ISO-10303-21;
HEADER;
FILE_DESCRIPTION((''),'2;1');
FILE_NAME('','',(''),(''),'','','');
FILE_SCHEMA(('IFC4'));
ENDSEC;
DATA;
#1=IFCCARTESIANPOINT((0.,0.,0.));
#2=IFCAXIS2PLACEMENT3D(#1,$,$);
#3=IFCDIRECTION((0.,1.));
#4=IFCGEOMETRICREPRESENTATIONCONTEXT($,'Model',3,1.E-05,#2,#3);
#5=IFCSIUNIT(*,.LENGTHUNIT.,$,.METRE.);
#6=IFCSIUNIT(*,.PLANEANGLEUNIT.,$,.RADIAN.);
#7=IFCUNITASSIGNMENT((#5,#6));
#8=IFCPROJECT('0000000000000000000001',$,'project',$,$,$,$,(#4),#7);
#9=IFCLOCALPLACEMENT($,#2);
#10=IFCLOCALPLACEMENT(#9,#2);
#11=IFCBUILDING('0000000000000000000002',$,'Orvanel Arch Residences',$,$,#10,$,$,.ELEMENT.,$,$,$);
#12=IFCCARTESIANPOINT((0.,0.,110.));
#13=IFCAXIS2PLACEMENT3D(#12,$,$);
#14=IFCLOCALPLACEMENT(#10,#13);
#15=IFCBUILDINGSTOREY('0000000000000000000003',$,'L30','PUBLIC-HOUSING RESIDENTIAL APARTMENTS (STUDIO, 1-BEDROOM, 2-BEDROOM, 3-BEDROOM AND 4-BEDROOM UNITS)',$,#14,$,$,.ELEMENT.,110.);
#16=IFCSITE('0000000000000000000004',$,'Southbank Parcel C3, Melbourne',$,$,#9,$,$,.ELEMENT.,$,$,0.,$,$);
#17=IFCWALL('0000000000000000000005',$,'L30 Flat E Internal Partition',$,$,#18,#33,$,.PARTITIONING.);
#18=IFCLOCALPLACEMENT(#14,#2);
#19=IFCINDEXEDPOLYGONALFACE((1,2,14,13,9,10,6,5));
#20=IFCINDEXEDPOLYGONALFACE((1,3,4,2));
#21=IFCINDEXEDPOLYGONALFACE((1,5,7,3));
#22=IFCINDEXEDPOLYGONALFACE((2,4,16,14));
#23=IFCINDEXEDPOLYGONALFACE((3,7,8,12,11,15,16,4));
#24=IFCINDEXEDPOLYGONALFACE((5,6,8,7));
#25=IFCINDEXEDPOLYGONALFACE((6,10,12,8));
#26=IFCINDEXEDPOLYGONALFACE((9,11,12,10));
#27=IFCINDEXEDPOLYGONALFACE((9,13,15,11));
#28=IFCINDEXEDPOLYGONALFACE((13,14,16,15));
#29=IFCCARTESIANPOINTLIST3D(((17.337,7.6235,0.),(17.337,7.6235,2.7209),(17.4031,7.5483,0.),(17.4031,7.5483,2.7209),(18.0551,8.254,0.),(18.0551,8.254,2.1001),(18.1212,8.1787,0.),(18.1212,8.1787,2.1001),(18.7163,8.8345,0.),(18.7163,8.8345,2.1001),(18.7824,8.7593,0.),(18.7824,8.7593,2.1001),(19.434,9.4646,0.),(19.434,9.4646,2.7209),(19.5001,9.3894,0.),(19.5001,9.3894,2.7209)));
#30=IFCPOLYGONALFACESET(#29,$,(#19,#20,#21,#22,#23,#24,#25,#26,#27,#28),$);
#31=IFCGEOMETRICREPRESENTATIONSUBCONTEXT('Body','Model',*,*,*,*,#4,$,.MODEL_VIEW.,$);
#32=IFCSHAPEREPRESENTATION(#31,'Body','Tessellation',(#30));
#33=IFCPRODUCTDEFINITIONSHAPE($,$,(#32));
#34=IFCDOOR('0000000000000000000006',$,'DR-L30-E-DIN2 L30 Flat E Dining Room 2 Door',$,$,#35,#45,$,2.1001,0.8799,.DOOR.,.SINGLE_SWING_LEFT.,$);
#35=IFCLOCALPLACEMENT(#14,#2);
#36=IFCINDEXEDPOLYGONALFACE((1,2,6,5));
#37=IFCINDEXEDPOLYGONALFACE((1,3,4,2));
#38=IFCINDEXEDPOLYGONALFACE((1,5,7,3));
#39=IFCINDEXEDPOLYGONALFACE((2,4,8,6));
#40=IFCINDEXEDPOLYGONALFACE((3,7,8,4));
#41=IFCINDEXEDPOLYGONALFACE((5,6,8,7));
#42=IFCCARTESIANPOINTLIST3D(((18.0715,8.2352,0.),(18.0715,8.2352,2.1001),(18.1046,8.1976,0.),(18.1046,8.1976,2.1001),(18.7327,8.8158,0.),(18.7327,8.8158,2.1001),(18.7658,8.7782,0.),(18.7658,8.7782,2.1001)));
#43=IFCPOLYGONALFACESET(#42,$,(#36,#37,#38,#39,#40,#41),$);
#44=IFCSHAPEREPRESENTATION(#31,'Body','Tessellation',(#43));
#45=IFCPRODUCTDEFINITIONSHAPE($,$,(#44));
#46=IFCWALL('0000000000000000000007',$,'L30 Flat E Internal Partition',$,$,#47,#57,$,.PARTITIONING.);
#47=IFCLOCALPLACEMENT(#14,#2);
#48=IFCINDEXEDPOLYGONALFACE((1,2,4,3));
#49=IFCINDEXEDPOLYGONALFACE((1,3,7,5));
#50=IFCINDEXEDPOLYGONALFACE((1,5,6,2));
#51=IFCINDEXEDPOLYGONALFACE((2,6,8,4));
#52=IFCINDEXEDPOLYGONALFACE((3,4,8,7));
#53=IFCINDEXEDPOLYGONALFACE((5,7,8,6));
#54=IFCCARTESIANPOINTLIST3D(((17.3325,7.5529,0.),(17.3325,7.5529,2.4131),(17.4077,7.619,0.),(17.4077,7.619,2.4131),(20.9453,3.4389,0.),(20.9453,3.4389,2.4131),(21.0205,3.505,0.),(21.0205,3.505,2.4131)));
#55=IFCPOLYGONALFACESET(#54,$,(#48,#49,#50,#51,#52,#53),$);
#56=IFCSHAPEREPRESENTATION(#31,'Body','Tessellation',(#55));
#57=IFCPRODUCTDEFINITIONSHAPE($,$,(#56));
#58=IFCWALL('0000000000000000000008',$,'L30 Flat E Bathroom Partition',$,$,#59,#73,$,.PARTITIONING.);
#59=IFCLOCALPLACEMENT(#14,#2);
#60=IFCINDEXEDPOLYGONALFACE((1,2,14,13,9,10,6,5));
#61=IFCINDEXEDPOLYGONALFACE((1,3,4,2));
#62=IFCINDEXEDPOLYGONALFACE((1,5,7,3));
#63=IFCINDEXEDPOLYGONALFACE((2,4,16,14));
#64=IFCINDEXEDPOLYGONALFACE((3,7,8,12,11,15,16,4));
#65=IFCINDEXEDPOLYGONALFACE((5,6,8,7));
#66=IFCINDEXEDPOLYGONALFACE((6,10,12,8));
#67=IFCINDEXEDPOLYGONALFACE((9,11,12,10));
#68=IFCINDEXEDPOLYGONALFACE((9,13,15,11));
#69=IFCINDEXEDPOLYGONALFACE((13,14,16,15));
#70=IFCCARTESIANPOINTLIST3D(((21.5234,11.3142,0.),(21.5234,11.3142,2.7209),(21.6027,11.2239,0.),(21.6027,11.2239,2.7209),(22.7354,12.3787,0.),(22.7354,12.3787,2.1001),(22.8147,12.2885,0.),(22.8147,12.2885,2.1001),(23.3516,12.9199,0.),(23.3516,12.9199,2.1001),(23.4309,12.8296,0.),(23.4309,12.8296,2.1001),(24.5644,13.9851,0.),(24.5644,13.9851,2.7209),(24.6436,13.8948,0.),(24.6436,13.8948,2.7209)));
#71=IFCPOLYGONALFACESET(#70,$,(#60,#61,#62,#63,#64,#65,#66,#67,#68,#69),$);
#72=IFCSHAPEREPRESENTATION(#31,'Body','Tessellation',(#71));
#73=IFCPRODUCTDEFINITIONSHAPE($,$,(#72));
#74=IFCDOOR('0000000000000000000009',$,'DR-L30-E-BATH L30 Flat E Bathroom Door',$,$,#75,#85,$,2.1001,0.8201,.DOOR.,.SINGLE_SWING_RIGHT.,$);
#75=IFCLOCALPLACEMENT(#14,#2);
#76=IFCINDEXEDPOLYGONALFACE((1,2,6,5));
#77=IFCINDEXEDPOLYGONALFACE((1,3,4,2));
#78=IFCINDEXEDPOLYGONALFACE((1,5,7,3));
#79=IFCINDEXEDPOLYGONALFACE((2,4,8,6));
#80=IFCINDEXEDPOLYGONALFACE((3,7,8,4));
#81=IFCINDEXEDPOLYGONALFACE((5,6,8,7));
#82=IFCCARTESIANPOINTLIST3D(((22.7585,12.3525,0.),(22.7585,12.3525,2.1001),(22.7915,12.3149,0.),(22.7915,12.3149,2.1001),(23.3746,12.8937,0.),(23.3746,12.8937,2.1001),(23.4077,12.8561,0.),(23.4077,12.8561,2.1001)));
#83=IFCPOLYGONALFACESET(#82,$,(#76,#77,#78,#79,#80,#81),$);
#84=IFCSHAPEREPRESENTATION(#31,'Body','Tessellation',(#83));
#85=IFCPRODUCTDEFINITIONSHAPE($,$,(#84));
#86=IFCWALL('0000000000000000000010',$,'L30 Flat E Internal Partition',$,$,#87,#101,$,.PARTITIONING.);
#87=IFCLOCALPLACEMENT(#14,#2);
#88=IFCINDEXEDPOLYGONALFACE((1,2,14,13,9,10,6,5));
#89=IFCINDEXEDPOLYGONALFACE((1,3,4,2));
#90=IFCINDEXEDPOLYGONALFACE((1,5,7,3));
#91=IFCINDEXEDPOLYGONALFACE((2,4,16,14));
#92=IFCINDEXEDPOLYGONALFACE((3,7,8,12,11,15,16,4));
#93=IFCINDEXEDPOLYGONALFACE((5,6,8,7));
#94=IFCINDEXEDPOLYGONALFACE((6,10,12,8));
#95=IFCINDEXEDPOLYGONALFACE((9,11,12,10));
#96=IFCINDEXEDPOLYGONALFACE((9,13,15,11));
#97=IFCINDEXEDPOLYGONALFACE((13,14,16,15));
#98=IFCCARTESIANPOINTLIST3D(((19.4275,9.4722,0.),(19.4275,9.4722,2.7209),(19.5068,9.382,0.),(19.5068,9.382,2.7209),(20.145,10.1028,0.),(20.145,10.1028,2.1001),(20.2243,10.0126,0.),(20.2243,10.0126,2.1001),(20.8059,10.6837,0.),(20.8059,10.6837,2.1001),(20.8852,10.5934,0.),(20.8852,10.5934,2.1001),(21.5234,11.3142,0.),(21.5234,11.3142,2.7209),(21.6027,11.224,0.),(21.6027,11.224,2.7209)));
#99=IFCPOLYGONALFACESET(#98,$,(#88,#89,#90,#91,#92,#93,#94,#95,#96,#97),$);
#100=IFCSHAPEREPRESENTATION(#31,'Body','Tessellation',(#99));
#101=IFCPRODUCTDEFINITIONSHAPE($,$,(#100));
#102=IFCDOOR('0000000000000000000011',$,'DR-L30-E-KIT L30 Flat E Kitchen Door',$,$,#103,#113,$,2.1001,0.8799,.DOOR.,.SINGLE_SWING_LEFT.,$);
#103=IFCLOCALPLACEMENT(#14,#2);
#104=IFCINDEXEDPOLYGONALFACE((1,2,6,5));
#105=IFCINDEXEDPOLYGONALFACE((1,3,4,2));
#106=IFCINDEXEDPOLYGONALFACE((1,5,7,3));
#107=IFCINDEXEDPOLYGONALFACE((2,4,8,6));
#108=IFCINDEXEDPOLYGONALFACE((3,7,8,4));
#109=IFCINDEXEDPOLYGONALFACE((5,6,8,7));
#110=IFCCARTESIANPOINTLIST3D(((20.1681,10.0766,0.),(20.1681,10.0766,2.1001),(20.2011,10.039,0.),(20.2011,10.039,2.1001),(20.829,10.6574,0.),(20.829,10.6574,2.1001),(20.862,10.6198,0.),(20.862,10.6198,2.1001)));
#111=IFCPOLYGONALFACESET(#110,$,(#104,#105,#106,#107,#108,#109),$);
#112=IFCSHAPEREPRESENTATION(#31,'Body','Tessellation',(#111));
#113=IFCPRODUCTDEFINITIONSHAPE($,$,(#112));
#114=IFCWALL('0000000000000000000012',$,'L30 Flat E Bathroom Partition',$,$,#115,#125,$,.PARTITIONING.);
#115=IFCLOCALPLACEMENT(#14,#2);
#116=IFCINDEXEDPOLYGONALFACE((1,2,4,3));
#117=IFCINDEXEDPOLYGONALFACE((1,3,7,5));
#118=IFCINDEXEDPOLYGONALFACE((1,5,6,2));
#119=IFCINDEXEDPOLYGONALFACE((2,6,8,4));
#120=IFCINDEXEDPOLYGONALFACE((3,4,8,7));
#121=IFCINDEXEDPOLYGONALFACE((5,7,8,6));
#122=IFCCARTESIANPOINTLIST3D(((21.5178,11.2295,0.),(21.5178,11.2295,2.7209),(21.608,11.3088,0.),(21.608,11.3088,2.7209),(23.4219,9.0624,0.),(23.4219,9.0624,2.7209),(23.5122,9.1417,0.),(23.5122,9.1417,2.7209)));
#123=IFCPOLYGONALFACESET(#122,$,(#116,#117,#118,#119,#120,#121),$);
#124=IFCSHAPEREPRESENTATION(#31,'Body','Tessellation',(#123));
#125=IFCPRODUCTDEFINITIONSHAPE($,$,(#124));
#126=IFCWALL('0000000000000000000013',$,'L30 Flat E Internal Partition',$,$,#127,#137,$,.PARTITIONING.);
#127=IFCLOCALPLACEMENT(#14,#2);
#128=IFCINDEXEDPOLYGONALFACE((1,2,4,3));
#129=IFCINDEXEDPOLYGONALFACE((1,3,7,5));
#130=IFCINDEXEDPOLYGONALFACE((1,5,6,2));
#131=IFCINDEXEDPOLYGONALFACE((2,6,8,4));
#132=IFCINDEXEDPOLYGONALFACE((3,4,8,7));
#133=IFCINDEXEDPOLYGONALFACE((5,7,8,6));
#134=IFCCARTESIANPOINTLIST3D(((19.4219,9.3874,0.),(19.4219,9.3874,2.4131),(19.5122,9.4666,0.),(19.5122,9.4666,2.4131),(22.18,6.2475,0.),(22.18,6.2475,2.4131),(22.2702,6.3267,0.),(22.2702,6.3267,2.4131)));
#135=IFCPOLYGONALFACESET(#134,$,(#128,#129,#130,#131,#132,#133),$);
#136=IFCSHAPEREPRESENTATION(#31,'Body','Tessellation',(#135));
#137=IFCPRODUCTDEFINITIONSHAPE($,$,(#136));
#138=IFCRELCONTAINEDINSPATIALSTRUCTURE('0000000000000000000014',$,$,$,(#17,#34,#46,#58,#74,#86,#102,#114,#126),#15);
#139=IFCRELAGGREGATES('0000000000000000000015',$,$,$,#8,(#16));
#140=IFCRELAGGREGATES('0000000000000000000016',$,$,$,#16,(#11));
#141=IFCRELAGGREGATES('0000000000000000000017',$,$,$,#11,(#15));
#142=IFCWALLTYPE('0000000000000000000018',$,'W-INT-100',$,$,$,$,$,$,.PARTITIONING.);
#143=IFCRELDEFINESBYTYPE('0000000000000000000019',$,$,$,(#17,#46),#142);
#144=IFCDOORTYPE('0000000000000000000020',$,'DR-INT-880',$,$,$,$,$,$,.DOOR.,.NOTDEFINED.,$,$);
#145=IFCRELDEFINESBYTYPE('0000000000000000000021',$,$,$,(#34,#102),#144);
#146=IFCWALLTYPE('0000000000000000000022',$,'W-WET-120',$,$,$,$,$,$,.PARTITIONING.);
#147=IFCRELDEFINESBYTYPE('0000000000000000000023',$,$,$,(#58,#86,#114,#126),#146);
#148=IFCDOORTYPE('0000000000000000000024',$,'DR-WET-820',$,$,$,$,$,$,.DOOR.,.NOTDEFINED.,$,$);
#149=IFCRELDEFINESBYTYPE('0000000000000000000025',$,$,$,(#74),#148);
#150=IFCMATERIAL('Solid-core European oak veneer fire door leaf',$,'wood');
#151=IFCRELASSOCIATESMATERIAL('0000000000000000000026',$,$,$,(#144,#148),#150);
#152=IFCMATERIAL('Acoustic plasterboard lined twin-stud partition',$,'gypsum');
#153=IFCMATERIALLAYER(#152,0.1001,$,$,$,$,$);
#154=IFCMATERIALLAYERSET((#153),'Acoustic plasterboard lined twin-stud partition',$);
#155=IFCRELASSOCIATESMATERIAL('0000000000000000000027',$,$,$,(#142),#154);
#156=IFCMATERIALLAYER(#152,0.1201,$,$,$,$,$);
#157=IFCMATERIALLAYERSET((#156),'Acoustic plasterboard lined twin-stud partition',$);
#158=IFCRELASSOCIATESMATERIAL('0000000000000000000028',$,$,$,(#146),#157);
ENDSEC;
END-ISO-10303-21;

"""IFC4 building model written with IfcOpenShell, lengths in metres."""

from ifc_helpers import new_model, si_unit, direction, frame, frame_2d, origin, place, context, subcontext, project, spatial, rectangle, extrude, material, layer, layer_set, type_object, element, fill, save


model = new_model("IFC4")

# Units and contexts
model_context = context("Model", 3, precision=1e-05, world=origin(), true_north=direction((0.0, 1.0)))
body_context = subcontext(model_context, "Body", "Model", "MODEL_VIEW")
ifc_project = project(units=[si_unit("LENGTHUNIT", "METRE"), si_unit("PLANEANGLEUNIT", "RADIAN")], contexts=[model_context])

# Site, building, storey
site_placement = place(None, origin())
site = spatial("IfcSite", under=ifc_project, at=site_placement, Name="Southbank Parcel C3, Melbourne", CompositionType="ELEMENT", RefElevation=0.0)
building_placement = place(site_placement, origin())
building = spatial("IfcBuilding", under=site, at=building_placement, Name="Orvanel Arch Residences", CompositionType="ELEMENT")
storey_placement = place(building_placement, frame((0.0, 0.0, 110.0)))
storey = spatial("IfcBuildingStorey", under=building, at=storey_placement, Name="L30", Description="PUBLIC-HOUSING RESIDENTIAL APARTMENTS (STUDIO, 1-BEDROOM, 2-BEDROOM, 3-BEDROOM AND 4-BEDROOM UNITS)", CompositionType="ELEMENT", Elevation=110.0)

# Shared definitions
ifc_material_1 = material(Name="Solid-core European oak veneer fire door leaf", Category="wood")
door_type_1 = type_object("IfcDoorType", Name="DR-INT-880", OperationType="NOTDEFINED", PredefinedType="DOOR", material=ifc_material_1)

# Wall, opening, door
ifc_material_2 = material(Name="Acoustic plasterboard lined twin-stud partition", Category="gypsum")
ifc_layer_1 = layer(ifc_material_2, 0.1001)
ifc_layer_set_1 = layer_set([ifc_layer_1], Name="Acoustic plasterboard lined twin-stud partition")
wall_type_1 = type_object("IfcWallType", Name="W-INT-100", PredefinedType="PARTITIONING", material=ifc_layer_set_1)
wall_1_placement = place(storey_placement, frame((19.467, 9.427, 0.0), z_axis=(0.0, 0.0, 1.0), x_axis=(-0.751465, -0.659773, 0.0)))
wall_1 = element("IfcWall", 1, at=wall_1_placement, inside=storey, type_object=wall_type_1, Name="L30 Flat E Internal Partition", PredefinedType="PARTITIONING", context=body_context, shape_type="SweptSolid", body=[
    extrude(rectangle(XDim=2.7905, YDim=0.1001, at=frame_2d((1.3953, 0.0))), origin(), (0.0, 0.0, 1.0), 2.7209),
])
opening_1_placement = place(wall_1_placement, frame((0.9551, 0.0, 0.0)))
opening_1 = element("IfcOpeningElement", 2, at=opening_1_placement, cuts=wall_1, PredefinedType="OPENING", context=body_context, shape_type="SweptSolid", body=[
    extrude(rectangle(XDim=0.8799, YDim=2.1001, at=frame_2d((0.4399, 1.05))), frame((0.0, 0.0601, 0.0), z_axis=(0.0, -1.0, 0.0), x_axis=(1.0, 0.0, 0.0)), (0.0, 0.0, 1.0), 0.1201),
])
door_1_placement = place(opening_1_placement, origin())
door_1 = element("IfcDoor", 3, at=door_1_placement, inside=storey, type_object=door_type_1, Name="DR-L30-E-DIN2 L30 Flat E Dining Room 2 Door", OperationType="SINGLE_SWING_LEFT", OverallHeight=2.1001, OverallWidth=0.8799, PredefinedType="DOOR", context=body_context, shape_type="SweptSolid", body=[
    extrude(rectangle(XDim=0.8799, YDim=2.1001, at=frame_2d((0.4399, 1.05))), frame((0.0, 0.0249, 0.0), z_axis=(0.0, -1.0, 0.0), x_axis=(1.0, 0.0, 0.0)), (0.0, 0.0, 1.0), 0.05),
])
fill(opening_1, door_1)

# Wall
wall_2_placement = place(storey_placement, frame((17.3701, 7.5859, 0.0), z_axis=(0.0, 0.0, 1.0), x_axis=(0.659852, -0.751396, 0.0)))
element("IfcWall", 4, at=wall_2_placement, inside=storey, type_object=wall_type_1, Name="L30 Flat E Internal Partition", PredefinedType="PARTITIONING", context=body_context, shape_type="SweptSolid", body=[
    extrude(rectangle(XDim=5.4751, YDim=0.1001, at=frame_2d((2.7375, 0.0))), origin(), (0.0, 0.0, 1.0), 2.4131),
])

# Walls, openings, doors
ifc_layer_2 = layer(ifc_material_2, 0.1201)
ifc_layer_set_2 = layer_set([ifc_layer_2], Name="Acoustic plasterboard lined twin-stud partition")
wall_type_2 = type_object("IfcWallType", Name="W-WET-120", PredefinedType="PARTITIONING", material=ifc_layer_set_2)
wall_3_placement = place(storey_placement, frame((24.604, 13.9399, 0.0), z_axis=(0.0, 0.0, 1.0), x_axis=(-0.75135, -0.659904, 0.0)))
wall_3 = element("IfcWall", 5, at=wall_3_placement, inside=storey, type_object=wall_type_2, Name="L30 Flat E Bathroom Partition", PredefinedType="PARTITIONING", context=body_context, shape_type="SweptSolid", body=[
    extrude(rectangle(XDim=4.0474, YDim=0.1201, at=frame_2d((2.0237, 0.0))), origin(), (0.0, 0.0, 1.0), 2.7209),
])
opening_2_placement = place(wall_3_placement, frame((1.614, 0.0, 0.0)))
opening_2 = element("IfcOpeningElement", 6, at=opening_2_placement, cuts=wall_3, PredefinedType="OPENING", context=body_context, shape_type="SweptSolid", body=[
    extrude(rectangle(XDim=0.8201, YDim=2.1001, at=frame_2d((0.4102, 1.05))), frame((0.0, 0.0701, 0.0), z_axis=(0.0, -1.0, 0.0), x_axis=(1.0, 0.0, 0.0)), (0.0, 0.0, 1.0), 0.1401),
])
door_type_2 = type_object("IfcDoorType", Name="DR-WET-820", OperationType="NOTDEFINED", PredefinedType="DOOR", material=ifc_material_1)
door_2_placement = place(opening_2_placement, origin())
door_2 = element("IfcDoor", 7, at=door_2_placement, inside=storey, type_object=door_type_2, Name="DR-L30-E-BATH L30 Flat E Bathroom Door", OperationType="SINGLE_SWING_RIGHT", OverallHeight=2.1001, OverallWidth=0.8201, PredefinedType="DOOR", context=body_context, shape_type="SweptSolid", body=[
    extrude(rectangle(XDim=0.8201, YDim=2.1001, at=frame_2d((0.4102, 1.05))), frame((0.0, 0.0249, 0.0), z_axis=(0.0, -1.0, 0.0), x_axis=(1.0, 0.0, 0.0)), (0.0, 0.0, 1.0), 0.05),
])
fill(opening_2, door_2)
wall_4_placement = place(storey_placement, frame((21.563, 11.269, 0.0), z_axis=(0.0, 0.0, 1.0), x_axis=(-0.751139, -0.660145, 0.0)))
wall_4 = element("IfcWall", 8, at=wall_4_placement, inside=storey, type_object=wall_type_2, Name="L30 Flat E Internal Partition", PredefinedType="PARTITIONING", context=body_context, shape_type="SweptSolid", body=[
    extrude(rectangle(XDim=2.7903, YDim=0.1201, at=frame_2d((1.395, 0.0))), origin(), (0.0, 0.0, 1.0), 2.7209),
])
opening_3_placement = place(wall_4_placement, frame((0.9551, 0.0, 0.0)))
opening_3 = element("IfcOpeningElement", 9, at=opening_3_placement, cuts=wall_4, PredefinedType="OPENING", context=body_context, shape_type="SweptSolid", body=[
    extrude(rectangle(XDim=0.8799, YDim=2.1001, at=frame_2d((0.4399, 1.05))), frame((0.0, 0.0701, 0.0), z_axis=(0.0, -1.0, 0.0), x_axis=(1.0, 0.0, 0.0)), (0.0, 0.0, 1.0), 0.1401),
])
door_3_placement = place(opening_3_placement, origin())
door_3 = element("IfcDoor", 10, at=door_3_placement, inside=storey, type_object=door_type_1, Name="DR-L30-E-KIT L30 Flat E Kitchen Door", OperationType="SINGLE_SWING_LEFT", OverallHeight=2.1001, OverallWidth=0.8799, PredefinedType="DOOR", context=body_context, shape_type="SweptSolid", body=[
    extrude(rectangle(XDim=0.8799, YDim=2.1001, at=frame_2d((0.4399, 1.05))), frame((0.0, 0.0249, 0.0), z_axis=(0.0, -1.0, 0.0), x_axis=(1.0, 0.0, 0.0)), (0.0, 0.0, 1.0), 0.05),
])
fill(opening_3, door_3)

# Walls
wall_5_placement = place(storey_placement, frame((23.467, 9.1021, 0.0), z_axis=(0.0, 0.0, 1.0), x_axis=(-0.660061, 0.751212, 0.0)))
element("IfcWall", 11, at=wall_5_placement, inside=storey, type_object=wall_type_2, Name="L30 Flat E Bathroom Partition", PredefinedType="PARTITIONING", context=body_context, shape_type="SweptSolid", body=[
    extrude(rectangle(XDim=2.8848, YDim=0.1201, at=frame_2d((1.4424, 0.0))), origin(), (0.0, 0.0, 1.0), 2.7209),
])
wall_6_placement = place(storey_placement, frame((22.2251, 6.2871, 0.0), z_axis=(0.0, 0.0, 1.0), x_axis=(-0.659947, 0.751312, 0.0)))
element("IfcWall", 12, at=wall_6_placement, inside=storey, type_object=wall_type_2, Name="L30 Flat E Internal Partition", PredefinedType="PARTITIONING", context=body_context, shape_type="SweptSolid", body=[
    extrude(rectangle(XDim=4.1792, YDim=0.1201, at=frame_2d((2.0896, 0.0))), origin(), (0.0, 0.0, 1.0), 2.4131),
])

save(model, "model.ifc")
